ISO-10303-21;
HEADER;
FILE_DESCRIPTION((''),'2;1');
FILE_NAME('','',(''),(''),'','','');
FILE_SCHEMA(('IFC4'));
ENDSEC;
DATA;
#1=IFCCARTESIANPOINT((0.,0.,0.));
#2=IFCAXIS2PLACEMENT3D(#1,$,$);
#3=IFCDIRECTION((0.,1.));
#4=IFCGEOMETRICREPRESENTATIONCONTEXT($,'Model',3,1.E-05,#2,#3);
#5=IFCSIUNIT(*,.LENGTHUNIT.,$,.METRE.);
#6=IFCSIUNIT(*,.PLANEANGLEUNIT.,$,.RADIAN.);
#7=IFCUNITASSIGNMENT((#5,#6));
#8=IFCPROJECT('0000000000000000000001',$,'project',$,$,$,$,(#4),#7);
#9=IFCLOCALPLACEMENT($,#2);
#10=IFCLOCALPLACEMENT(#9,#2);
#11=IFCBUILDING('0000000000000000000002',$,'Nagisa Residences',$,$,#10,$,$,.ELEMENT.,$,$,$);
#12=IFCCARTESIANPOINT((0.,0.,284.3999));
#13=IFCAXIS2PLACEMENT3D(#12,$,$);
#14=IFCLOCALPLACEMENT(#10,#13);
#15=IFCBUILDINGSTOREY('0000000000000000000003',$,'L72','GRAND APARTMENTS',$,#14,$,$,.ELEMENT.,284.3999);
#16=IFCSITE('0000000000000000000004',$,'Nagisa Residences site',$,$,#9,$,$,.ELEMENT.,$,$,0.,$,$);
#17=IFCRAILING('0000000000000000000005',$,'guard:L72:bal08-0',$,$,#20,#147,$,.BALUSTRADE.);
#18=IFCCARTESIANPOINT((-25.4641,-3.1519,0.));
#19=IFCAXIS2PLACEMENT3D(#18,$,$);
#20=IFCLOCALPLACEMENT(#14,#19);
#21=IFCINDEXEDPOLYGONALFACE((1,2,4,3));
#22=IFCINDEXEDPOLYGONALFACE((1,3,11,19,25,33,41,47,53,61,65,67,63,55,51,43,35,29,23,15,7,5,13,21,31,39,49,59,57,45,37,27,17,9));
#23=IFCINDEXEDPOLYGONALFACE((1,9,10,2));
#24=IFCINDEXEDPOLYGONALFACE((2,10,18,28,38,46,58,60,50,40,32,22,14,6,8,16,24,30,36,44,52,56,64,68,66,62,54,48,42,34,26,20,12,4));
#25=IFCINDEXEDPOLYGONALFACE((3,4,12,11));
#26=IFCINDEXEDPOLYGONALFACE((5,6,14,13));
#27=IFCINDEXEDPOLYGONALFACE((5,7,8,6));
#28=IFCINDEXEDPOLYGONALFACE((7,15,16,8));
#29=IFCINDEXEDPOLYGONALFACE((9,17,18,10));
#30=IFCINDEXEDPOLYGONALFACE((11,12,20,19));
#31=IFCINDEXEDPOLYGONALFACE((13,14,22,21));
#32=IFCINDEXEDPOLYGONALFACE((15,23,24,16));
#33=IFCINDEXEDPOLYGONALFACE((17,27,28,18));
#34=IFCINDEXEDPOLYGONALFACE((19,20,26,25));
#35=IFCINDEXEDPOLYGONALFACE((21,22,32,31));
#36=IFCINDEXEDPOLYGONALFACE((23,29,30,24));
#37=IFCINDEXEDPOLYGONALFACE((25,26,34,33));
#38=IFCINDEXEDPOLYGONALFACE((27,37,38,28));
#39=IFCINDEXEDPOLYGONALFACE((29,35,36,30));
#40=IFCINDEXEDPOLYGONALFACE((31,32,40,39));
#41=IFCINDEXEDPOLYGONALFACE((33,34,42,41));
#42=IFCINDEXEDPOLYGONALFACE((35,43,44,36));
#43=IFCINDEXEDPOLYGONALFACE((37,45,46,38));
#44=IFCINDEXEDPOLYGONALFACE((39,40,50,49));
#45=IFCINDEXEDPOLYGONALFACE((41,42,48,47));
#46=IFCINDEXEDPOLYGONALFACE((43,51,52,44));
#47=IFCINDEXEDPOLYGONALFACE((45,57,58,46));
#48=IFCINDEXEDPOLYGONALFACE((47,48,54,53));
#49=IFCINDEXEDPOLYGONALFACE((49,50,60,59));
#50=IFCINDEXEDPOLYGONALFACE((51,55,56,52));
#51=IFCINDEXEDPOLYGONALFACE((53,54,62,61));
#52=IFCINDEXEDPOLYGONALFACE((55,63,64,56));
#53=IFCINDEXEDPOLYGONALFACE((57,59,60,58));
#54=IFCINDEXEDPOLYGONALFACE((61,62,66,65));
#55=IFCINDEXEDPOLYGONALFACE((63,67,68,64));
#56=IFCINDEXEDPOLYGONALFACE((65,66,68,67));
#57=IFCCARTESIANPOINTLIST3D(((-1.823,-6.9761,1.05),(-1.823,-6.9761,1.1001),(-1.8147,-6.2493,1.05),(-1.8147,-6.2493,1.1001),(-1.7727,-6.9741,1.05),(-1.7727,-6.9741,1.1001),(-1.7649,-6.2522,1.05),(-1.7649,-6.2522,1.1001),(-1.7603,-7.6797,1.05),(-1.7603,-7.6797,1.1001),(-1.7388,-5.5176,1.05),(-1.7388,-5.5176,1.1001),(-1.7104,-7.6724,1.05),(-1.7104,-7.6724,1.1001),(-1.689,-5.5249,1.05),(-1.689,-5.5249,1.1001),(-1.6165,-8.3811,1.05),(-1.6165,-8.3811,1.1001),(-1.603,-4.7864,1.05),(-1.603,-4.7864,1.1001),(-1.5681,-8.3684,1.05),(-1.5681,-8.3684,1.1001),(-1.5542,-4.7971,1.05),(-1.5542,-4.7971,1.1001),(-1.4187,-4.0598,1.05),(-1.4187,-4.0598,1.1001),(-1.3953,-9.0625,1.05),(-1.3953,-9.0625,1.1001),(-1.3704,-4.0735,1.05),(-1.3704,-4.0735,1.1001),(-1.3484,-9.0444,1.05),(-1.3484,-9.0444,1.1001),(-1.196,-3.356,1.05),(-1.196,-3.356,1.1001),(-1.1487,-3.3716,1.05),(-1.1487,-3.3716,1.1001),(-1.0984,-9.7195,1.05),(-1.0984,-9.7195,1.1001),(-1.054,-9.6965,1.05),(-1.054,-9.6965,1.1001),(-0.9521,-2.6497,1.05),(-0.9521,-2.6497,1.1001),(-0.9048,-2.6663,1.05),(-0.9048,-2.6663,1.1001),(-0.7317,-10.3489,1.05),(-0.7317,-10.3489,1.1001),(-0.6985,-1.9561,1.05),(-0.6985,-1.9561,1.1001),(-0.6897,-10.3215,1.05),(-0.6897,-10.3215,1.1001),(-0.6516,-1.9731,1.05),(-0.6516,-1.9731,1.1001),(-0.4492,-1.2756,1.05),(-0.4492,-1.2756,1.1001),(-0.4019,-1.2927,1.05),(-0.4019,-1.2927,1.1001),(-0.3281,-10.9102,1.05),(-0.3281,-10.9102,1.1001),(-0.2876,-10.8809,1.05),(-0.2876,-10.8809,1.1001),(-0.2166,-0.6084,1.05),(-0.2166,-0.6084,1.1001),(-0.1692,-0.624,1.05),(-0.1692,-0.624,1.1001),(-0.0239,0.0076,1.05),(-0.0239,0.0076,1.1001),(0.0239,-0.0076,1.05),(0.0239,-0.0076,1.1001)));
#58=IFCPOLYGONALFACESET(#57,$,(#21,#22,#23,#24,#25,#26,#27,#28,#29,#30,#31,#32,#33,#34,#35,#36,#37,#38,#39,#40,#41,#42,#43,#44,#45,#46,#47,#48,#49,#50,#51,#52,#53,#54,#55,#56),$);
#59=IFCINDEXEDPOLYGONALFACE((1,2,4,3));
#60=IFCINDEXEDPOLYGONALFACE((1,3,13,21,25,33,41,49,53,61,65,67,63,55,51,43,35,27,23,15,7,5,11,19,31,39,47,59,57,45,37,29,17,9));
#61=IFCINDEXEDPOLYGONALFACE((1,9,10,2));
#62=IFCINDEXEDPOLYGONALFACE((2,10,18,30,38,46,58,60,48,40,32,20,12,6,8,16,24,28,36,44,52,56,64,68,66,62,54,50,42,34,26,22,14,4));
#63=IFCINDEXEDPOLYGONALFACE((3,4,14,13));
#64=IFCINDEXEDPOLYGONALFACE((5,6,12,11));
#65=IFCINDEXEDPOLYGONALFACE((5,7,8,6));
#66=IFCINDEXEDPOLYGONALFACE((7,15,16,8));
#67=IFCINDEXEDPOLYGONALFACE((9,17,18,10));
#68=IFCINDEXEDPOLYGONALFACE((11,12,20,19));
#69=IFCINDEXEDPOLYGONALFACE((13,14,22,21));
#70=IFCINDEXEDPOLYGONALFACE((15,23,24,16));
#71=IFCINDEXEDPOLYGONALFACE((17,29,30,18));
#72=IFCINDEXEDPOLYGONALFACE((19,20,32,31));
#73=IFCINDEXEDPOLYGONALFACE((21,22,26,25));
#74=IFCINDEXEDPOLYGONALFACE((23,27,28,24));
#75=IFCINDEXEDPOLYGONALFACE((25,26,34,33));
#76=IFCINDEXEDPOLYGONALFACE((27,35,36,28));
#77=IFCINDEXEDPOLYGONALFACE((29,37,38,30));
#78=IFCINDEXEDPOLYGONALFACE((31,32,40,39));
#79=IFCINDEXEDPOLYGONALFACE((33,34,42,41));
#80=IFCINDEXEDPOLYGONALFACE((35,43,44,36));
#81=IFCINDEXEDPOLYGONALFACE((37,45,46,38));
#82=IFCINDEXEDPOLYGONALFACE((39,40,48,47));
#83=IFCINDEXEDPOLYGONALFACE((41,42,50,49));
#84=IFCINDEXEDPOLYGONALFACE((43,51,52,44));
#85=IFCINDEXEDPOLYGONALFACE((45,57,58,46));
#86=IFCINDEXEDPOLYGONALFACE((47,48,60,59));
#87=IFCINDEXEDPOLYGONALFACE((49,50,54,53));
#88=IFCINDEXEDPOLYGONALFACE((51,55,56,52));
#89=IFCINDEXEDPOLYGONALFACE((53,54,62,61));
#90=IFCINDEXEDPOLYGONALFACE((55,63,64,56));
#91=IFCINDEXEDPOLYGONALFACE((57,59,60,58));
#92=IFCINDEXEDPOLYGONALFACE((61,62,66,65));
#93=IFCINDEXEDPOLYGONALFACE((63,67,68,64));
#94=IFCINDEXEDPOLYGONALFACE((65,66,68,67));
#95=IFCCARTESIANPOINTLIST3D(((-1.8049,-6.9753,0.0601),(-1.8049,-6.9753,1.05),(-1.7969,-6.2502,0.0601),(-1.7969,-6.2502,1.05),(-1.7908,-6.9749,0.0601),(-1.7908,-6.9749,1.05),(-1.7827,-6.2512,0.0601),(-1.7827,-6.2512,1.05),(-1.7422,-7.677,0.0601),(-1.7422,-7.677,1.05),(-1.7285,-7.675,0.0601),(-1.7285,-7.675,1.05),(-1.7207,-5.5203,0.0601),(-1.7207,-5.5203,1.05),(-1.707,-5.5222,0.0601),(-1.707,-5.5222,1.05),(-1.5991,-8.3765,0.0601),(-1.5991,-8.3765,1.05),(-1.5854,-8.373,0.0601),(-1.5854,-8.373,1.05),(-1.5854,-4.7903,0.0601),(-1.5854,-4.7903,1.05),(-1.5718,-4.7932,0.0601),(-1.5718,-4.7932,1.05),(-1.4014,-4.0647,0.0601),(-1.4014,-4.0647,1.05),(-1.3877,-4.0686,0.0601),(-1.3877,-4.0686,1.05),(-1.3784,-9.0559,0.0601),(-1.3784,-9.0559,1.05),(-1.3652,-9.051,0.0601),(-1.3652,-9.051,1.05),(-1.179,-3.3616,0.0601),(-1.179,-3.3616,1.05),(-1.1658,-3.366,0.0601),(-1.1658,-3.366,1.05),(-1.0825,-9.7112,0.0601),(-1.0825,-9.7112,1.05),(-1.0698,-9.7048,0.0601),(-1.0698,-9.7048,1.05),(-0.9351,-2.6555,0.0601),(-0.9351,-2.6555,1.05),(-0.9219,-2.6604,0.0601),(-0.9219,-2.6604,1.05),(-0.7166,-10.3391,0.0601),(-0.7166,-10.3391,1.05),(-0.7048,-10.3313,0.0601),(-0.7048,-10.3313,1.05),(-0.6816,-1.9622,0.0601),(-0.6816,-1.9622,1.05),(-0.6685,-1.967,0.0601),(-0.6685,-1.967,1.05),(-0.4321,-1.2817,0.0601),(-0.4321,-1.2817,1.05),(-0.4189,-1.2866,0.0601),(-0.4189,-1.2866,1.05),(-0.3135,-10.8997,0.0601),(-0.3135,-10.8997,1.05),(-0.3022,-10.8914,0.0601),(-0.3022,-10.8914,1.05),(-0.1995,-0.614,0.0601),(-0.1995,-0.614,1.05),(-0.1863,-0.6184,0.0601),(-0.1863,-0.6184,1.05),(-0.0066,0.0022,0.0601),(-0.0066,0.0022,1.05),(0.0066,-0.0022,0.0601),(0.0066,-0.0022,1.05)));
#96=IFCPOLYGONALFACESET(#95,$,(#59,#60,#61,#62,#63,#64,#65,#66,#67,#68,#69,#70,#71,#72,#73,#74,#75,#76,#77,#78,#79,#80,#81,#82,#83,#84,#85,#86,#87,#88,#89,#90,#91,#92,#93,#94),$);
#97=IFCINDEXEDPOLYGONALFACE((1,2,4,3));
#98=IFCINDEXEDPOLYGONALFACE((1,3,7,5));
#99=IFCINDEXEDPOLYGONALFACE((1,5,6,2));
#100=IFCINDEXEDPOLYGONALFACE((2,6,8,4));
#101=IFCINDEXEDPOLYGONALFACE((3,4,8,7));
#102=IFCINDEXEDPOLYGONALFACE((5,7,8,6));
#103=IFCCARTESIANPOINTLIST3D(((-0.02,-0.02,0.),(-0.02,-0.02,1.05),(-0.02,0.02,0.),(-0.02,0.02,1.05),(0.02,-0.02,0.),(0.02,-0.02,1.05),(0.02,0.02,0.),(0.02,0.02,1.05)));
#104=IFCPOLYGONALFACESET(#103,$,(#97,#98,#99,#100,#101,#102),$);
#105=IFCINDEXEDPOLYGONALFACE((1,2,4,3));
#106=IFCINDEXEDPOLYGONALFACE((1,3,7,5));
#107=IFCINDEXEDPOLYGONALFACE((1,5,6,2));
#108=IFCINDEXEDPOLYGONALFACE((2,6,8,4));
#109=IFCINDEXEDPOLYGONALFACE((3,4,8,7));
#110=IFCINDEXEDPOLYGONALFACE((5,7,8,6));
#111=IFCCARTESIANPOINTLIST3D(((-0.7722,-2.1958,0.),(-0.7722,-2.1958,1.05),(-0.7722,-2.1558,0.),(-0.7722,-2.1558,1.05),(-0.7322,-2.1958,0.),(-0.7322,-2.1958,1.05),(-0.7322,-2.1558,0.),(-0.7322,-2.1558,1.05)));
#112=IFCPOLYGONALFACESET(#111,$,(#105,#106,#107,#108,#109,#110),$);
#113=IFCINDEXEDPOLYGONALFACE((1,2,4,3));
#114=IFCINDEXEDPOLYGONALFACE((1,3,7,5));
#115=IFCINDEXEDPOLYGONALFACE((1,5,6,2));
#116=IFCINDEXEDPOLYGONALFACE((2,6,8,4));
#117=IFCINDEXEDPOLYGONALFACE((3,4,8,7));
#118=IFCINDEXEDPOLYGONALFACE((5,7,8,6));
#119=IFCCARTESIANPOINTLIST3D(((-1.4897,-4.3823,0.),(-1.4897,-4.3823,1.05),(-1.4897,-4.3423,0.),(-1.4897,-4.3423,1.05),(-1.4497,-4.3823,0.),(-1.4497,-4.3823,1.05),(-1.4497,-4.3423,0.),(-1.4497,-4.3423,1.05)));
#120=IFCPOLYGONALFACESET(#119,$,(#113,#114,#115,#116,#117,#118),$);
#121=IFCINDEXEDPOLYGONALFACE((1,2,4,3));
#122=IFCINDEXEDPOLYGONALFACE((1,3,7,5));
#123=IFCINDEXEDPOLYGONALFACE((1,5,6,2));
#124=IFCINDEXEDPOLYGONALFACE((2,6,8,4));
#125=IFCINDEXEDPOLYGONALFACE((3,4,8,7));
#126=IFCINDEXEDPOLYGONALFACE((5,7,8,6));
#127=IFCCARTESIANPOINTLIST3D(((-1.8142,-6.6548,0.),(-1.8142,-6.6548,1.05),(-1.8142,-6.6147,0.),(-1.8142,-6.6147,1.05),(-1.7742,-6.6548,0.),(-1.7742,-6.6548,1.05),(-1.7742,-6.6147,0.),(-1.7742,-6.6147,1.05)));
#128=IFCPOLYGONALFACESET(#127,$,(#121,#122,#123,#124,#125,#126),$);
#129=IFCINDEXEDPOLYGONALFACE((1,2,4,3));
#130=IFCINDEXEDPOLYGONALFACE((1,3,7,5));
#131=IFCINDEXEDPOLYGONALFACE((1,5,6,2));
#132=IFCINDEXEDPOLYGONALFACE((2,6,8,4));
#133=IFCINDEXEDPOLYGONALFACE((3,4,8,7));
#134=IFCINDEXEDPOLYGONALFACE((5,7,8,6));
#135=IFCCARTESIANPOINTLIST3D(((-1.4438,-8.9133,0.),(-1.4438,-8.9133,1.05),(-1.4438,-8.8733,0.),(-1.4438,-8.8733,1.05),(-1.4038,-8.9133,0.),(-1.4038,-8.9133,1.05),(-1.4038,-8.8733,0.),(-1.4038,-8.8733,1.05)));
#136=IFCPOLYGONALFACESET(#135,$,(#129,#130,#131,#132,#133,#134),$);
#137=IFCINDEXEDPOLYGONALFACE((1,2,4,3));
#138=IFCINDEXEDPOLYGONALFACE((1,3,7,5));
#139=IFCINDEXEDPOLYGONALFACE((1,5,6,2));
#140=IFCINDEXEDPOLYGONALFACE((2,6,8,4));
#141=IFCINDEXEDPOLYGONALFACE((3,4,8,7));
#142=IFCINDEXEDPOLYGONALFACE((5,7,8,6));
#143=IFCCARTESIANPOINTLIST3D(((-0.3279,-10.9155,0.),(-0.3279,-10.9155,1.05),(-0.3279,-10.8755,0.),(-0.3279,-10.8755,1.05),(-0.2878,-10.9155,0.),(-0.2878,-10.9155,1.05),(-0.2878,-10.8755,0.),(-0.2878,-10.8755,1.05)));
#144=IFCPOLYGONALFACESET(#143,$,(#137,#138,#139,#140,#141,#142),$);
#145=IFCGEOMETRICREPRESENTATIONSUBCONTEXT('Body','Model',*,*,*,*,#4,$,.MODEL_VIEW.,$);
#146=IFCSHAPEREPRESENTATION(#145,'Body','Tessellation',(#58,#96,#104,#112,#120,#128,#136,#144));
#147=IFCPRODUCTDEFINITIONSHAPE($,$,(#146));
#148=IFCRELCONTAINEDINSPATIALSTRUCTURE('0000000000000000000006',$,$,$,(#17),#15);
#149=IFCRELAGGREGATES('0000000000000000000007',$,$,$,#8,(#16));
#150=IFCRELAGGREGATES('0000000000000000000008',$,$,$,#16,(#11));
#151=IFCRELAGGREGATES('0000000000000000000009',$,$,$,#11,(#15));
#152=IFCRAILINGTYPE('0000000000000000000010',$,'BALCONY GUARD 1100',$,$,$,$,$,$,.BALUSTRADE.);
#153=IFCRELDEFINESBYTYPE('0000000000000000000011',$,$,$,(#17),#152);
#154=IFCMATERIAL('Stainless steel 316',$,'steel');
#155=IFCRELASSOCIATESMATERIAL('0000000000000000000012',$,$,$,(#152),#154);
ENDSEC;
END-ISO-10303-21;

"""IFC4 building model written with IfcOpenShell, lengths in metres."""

from ifc_helpers import new_model, si_unit, direction, frame, origin, origin_2d, place, context, subcontext, project, spatial, polyline, rectangle, outline, extrude, material, type_object, element, save


model = new_model("IFC4")

# Units and contexts
model_context = context("Model", 3, precision=1e-05, world=origin(), true_north=direction((0.0, 1.0)))
body_context = subcontext(model_context, "Body", "Model", "MODEL_VIEW")
ifc_project = project(units=[si_unit("LENGTHUNIT", "METRE"), si_unit("PLANEANGLEUNIT", "RADIAN")], contexts=[model_context])

# Site, building, storey
site_placement = place(None, origin())
site = spatial("IfcSite", under=ifc_project, at=site_placement, Name="Nagisa Residences site", CompositionType="ELEMENT", RefElevation=0.0)
building_placement = place(site_placement, origin())
building = spatial("IfcBuilding", under=site, at=building_placement, Name="Nagisa Residences", CompositionType="ELEMENT")
storey_placement = place(building_placement, frame((0.0, 0.0, 284.3999)))
storey = spatial("IfcBuildingStorey", under=building, at=storey_placement, Name="L72", Description="GRAND APARTMENTS", CompositionType="ELEMENT", Elevation=284.3999)

# Railing
ifc_material_1 = material(Name="Stainless steel 316", Category="steel")
railing_type = type_object("IfcRailingType", Name="BALCONY GUARD 1100", PredefinedType="BALUSTRADE", material=ifc_material_1)
railing_1_placement = place(storey_placement, frame((-25.4641, -3.1519, 0.0)))
element("IfcRailing", 1, at=railing_1_placement, inside=storey, type_object=railing_type, Name="guard:L72:bal08-0", PredefinedType="BALUSTRADE", context=body_context, shape_type="SweptSolid", body=[
    extrude(outline(polyline([(-0.1692, -0.624), (0.0239, -0.0076), (-0.0239, 0.0076), (-0.2166, -0.6084), (-0.4492, -1.2756), (-0.6985, -1.9561), (-0.9521, -2.6497), (-1.196, -3.356), (-1.4187, -4.0598), (-1.603, -4.7864), (-1.7388, -5.5176), (-1.8147, -6.2493), (-1.823, -6.9761), (-1.7603, -7.6797), (-1.6165, -8.3811), (-1.3953, -9.0625), (-1.0984, -9.7195), (-0.7317, -10.3489), (-0.3281, -10.9102), (-0.2876, -10.8809), (-0.6897, -10.3215), (-1.054, -9.6965), (-1.3484, -9.0444), (-1.5681, -8.3684), (-1.7104, -7.6724), (-1.7727, -6.9741), (-1.7649, -6.2522), (-1.689, -5.5249), (-1.5542, -4.7971), (-1.3704, -4.0735), (-1.1487, -3.3716), (-0.9048, -2.6663), (-0.6516, -1.9731), (-0.4019, -1.2927), (-0.1692, -0.624)])), frame((0.0, 0.0, 1.05)), (0.0, 0.0, 1.0), 0.05),
    extrude(outline(polyline([(-0.1863, -0.6184), (0.0066, -0.0022), (-0.0066, 0.0022), (-0.1995, -0.614), (-0.4321, -1.2817), (-0.6816, -1.9622), (-0.9351, -2.6555), (-1.179, -3.3616), (-1.4014, -4.0647), (-1.5854, -4.7903), (-1.7207, -5.5203), (-1.7969, -6.2502), (-1.8049, -6.9753), (-1.7422, -7.677), (-1.5991, -8.3765), (-1.3784, -9.0559), (-1.0825, -9.7112), (-0.7166, -10.3391), (-0.3135, -10.8997), (-0.3022, -10.8914), (-0.7048, -10.3313), (-1.0698, -9.7048), (-1.3652, -9.051), (-1.5854, -8.373), (-1.7285, -7.675), (-1.7908, -6.9749), (-1.7827, -6.2512), (-1.707, -5.5222), (-1.5718, -4.7932), (-1.3877, -4.0686), (-1.1658, -3.366), (-0.9219, -2.6604), (-0.6685, -1.967), (-0.4189, -1.2866), (-0.1863, -0.6184)])), frame((0.0, 0.0, 0.0601)), (0.0, 0.0, 1.0), 0.99),
    extrude(rectangle(XDim=0.04, YDim=0.04, at=origin_2d()), origin(), (0.0, 0.0, 1.0), 1.05),
    extrude(rectangle(XDim=0.04, YDim=0.04, at=origin_2d()), frame((-0.7522, -2.1758, 0.0)), (0.0, 0.0, 1.0), 1.05),
    extrude(rectangle(XDim=0.04, YDim=0.04, at=origin_2d()), frame((-1.4697, -4.3623, 0.0)), (0.0, 0.0, 1.0), 1.05),
    extrude(rectangle(XDim=0.04, YDim=0.04, at=origin_2d()), frame((-1.7942, -6.6348, 0.0)), (0.0, 0.0, 1.0), 1.05),
    extrude(rectangle(XDim=0.04, YDim=0.04, at=origin_2d()), frame((-1.4238, -8.8933, 0.0)), (0.0, 0.0, 1.0), 1.05),
    extrude(rectangle(XDim=0.04, YDim=0.04, at=origin_2d()), frame((-0.3079, -10.8955, 0.0)), (0.0, 0.0, 1.0), 1.05),
])

save(model, "model.ifc")
